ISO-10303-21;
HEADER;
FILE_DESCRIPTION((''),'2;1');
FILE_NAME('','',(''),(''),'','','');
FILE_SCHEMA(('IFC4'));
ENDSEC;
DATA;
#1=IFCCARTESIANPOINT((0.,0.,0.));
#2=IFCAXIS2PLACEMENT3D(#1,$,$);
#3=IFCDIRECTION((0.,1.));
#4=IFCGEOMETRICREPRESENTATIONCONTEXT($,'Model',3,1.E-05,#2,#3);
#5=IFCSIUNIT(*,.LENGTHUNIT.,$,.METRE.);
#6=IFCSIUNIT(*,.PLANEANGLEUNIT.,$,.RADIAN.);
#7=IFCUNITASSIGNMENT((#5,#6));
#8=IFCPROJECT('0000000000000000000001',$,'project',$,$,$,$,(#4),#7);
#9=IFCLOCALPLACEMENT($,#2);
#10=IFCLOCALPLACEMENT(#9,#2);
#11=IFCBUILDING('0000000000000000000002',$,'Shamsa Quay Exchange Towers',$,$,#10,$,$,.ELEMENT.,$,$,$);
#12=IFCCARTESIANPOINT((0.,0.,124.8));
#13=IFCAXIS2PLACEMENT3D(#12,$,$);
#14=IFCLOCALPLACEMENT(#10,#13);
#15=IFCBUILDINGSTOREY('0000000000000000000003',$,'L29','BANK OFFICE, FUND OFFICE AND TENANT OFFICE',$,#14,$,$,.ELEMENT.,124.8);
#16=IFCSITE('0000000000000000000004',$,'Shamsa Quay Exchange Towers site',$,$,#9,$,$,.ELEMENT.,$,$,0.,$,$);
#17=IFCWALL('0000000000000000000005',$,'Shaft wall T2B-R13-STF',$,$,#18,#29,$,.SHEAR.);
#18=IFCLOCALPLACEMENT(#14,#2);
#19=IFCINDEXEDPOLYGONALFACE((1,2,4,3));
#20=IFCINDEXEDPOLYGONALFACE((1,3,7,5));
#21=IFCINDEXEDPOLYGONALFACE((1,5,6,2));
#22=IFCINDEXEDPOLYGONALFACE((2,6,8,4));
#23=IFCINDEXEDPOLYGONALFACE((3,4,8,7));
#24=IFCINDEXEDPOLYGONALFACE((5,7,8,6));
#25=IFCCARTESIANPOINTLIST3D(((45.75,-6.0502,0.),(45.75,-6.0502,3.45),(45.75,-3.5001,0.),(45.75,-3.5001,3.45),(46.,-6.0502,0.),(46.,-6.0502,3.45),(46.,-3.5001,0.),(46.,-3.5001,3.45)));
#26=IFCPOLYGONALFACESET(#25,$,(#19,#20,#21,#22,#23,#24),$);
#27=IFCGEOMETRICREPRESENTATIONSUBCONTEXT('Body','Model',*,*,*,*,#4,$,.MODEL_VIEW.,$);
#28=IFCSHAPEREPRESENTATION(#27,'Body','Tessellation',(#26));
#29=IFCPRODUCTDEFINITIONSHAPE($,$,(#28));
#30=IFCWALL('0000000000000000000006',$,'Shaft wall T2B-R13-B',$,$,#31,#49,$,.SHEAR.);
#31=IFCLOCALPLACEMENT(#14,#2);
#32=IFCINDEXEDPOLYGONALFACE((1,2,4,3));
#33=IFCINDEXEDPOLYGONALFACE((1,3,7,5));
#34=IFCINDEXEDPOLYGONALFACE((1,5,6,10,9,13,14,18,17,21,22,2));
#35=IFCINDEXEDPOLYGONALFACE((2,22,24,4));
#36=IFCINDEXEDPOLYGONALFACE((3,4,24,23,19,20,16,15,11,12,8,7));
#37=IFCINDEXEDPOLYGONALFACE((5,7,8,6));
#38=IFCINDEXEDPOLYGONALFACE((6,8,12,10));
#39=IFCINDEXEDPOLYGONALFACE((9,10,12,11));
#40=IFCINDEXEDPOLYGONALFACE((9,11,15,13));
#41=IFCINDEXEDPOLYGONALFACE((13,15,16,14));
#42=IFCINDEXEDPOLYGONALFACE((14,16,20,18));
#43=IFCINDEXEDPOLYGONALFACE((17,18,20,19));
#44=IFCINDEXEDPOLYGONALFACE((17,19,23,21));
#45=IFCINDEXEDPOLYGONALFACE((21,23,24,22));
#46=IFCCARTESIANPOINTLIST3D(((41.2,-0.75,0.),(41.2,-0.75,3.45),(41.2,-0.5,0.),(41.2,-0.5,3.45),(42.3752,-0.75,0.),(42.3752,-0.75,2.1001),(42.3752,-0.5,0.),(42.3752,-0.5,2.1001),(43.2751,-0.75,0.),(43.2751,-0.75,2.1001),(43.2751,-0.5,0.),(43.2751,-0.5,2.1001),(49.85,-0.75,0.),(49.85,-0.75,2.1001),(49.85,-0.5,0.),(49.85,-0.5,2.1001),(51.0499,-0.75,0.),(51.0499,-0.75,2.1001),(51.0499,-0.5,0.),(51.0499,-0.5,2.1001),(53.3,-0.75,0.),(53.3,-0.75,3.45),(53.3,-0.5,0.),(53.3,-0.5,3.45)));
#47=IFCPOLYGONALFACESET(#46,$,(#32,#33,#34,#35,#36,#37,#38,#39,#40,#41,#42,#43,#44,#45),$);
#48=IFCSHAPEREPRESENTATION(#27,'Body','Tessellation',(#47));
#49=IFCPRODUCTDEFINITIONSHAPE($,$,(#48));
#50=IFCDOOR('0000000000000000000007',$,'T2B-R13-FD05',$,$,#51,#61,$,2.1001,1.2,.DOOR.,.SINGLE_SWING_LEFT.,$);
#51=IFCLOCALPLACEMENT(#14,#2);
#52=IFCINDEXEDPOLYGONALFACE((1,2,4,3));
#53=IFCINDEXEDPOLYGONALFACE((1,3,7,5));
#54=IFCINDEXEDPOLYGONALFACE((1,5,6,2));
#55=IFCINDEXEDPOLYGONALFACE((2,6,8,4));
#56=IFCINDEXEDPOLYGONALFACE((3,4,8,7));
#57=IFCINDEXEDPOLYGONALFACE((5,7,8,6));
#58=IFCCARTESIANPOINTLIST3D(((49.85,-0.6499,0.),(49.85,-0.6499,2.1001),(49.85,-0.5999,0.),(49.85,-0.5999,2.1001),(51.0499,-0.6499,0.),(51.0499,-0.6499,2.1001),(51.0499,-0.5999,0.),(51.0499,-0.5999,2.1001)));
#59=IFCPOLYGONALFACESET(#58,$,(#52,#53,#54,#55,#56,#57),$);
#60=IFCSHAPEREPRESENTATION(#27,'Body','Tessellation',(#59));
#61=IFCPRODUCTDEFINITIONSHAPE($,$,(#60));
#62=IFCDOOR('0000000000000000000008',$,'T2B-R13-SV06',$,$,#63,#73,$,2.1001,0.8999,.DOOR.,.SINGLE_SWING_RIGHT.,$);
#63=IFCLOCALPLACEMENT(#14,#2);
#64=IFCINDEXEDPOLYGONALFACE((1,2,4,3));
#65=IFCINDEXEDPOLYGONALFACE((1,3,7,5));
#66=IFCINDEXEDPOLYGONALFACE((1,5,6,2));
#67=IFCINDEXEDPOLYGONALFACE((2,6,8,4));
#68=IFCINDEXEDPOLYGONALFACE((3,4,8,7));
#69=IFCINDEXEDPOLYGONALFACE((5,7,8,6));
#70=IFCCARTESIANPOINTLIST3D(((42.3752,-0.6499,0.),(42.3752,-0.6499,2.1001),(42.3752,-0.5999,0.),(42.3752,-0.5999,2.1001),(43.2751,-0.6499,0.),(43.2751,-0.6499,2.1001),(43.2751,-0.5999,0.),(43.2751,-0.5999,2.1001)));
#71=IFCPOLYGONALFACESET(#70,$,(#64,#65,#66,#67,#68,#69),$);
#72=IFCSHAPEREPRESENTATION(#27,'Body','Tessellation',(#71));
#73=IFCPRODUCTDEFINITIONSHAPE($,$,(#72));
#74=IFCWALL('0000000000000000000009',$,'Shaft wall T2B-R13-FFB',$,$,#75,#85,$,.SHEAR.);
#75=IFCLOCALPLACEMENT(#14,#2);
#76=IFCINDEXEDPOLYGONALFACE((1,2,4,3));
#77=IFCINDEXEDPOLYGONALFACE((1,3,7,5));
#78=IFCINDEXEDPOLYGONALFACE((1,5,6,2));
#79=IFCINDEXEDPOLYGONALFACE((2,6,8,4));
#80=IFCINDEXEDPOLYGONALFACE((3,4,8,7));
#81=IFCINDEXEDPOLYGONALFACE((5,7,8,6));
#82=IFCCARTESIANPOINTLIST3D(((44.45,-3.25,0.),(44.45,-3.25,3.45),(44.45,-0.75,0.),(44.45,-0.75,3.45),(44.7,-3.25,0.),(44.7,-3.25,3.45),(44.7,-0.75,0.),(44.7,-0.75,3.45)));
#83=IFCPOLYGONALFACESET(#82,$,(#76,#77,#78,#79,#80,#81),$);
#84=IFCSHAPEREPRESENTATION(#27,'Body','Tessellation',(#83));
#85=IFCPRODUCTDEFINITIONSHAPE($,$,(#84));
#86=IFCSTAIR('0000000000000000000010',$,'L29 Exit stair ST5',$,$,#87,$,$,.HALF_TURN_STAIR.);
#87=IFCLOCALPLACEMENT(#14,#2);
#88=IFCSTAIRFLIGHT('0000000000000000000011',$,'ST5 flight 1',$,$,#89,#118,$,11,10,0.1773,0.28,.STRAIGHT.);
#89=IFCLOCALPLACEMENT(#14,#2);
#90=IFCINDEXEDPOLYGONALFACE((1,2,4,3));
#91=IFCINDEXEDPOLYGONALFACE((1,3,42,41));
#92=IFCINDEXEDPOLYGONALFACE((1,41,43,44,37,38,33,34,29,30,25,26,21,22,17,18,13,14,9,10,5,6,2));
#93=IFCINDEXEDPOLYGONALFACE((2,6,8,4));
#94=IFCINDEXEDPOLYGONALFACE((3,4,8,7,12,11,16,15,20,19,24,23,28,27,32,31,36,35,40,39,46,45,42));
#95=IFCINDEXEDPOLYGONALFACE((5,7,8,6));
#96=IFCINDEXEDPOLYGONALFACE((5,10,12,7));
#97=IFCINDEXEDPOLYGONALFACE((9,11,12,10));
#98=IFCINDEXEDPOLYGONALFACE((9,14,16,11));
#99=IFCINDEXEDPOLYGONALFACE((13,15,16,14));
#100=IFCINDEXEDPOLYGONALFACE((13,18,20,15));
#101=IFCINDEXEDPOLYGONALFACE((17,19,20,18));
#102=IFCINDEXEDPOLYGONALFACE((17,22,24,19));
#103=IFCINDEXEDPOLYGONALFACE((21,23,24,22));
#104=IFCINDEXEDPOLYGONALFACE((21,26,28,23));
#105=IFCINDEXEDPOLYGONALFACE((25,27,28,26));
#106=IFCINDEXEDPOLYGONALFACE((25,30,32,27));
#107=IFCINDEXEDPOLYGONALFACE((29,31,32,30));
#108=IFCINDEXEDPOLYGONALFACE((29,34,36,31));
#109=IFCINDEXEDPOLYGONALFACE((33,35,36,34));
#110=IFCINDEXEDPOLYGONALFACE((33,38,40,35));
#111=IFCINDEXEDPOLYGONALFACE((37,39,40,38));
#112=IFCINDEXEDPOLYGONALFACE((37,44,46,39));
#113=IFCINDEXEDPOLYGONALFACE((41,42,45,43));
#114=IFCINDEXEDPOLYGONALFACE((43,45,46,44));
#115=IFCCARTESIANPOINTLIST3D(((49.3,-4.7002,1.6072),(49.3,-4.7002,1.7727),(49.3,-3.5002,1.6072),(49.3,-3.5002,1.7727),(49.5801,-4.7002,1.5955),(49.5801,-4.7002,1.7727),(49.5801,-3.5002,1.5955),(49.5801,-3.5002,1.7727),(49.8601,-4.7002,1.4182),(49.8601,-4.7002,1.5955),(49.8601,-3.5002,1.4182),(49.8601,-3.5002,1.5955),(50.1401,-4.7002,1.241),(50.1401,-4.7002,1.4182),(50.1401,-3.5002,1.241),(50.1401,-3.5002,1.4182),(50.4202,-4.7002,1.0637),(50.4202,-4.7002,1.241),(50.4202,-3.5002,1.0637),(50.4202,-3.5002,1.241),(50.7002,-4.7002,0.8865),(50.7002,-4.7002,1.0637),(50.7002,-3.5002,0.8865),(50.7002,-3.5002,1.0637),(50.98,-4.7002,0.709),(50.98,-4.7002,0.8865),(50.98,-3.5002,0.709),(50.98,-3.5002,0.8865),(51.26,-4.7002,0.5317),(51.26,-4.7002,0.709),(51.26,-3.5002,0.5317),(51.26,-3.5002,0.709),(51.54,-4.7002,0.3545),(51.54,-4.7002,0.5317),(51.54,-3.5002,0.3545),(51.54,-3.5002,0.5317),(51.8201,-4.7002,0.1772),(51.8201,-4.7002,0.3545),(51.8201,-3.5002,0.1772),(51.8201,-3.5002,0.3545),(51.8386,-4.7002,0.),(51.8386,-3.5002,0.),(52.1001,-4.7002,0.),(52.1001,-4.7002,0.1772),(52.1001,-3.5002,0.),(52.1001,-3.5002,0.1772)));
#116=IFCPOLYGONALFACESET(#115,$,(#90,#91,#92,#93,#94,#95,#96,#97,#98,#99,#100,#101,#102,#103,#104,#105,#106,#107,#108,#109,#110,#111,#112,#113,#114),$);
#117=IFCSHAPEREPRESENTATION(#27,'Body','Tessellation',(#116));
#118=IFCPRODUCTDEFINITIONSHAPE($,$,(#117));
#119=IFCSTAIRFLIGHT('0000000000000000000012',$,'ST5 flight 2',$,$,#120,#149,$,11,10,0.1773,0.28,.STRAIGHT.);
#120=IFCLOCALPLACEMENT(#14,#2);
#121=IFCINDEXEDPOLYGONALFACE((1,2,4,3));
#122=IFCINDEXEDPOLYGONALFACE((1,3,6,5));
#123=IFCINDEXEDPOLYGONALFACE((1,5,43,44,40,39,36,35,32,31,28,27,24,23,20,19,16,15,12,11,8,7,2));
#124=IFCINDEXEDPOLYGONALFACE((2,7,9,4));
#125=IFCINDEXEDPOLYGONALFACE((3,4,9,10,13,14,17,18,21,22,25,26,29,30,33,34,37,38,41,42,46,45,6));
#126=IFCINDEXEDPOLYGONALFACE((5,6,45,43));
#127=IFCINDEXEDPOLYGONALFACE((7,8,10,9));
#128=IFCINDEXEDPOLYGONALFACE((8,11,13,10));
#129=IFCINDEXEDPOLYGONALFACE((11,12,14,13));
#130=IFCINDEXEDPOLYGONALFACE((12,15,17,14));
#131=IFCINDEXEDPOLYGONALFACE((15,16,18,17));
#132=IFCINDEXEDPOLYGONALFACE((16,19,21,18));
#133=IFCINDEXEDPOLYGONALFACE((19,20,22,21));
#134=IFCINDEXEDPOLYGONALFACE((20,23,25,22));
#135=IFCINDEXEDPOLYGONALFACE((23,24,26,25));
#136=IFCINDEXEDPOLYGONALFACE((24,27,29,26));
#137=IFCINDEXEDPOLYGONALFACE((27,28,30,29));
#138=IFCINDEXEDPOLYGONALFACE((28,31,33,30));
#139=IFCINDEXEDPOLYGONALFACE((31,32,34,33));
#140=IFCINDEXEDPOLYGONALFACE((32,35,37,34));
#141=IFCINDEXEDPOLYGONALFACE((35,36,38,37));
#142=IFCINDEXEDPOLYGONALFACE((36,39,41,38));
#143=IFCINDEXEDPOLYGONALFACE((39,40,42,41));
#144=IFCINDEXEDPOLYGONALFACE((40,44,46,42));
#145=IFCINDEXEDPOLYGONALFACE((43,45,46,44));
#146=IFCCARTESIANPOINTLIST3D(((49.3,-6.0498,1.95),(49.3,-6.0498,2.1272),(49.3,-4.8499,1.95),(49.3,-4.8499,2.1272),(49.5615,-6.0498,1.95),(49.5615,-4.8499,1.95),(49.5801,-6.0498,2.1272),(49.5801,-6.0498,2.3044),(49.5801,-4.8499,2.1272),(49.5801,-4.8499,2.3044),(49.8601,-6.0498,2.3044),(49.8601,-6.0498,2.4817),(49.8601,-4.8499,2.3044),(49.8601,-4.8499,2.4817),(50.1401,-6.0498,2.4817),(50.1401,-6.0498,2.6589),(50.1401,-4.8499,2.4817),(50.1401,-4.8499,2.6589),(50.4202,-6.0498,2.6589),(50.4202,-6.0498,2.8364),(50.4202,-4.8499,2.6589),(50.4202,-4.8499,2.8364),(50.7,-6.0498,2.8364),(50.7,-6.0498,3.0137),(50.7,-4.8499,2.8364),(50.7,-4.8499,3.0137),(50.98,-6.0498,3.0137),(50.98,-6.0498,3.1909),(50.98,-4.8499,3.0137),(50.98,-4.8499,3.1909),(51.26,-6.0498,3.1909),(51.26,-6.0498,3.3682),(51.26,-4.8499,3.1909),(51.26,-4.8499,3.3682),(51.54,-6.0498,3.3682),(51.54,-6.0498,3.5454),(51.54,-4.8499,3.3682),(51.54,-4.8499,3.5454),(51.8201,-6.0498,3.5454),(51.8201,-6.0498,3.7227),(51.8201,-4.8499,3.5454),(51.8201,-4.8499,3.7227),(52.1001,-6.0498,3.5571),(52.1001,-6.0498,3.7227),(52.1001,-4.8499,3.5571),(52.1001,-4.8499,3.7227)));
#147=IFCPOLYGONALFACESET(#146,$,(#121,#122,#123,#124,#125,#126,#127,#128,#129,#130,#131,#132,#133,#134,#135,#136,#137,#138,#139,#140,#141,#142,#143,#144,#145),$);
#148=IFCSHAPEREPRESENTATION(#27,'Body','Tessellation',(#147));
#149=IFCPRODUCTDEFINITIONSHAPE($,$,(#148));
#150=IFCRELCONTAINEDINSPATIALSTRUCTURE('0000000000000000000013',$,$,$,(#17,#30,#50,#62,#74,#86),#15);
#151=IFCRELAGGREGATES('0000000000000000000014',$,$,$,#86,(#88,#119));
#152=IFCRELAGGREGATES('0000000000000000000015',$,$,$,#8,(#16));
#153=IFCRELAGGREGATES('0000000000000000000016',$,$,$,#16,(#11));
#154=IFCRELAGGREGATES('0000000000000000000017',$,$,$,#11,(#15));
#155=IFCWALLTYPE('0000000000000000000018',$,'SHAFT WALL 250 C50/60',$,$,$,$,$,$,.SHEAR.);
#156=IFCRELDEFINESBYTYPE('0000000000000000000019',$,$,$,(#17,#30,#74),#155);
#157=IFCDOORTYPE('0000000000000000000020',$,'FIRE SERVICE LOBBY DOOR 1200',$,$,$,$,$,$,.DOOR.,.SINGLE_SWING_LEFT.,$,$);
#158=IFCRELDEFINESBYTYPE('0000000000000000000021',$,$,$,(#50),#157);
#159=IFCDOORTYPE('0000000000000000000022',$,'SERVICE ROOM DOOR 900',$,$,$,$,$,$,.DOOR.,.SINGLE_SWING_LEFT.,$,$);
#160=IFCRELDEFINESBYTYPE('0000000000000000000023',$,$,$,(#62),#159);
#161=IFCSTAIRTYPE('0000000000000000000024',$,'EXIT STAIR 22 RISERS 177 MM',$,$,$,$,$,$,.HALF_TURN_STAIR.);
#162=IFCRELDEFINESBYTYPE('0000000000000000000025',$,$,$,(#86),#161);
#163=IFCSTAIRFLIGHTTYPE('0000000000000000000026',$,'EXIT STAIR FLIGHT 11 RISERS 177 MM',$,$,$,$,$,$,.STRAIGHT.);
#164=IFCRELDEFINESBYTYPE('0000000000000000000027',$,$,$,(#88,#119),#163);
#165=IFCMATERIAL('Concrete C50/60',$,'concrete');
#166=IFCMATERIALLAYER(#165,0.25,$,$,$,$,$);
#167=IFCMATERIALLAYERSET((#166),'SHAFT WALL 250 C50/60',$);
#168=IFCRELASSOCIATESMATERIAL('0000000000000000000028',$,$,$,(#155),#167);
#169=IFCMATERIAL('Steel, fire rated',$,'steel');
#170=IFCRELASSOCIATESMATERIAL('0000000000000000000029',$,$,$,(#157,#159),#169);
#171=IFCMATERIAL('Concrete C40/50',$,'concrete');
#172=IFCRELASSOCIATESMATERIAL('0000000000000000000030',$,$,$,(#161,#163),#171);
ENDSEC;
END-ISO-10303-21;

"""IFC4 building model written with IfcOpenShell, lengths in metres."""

from ifc_helpers import new_model, si_unit, direction, frame, frame_2d, origin, place, context, subcontext, project, spatial, polyline, rectangle, outline, extrude, material, layer, layer_set, type_object, element, fill, aggregate, save


model = new_model("IFC4")

# Units and contexts
model_context = context("Model", 3, precision=1e-05, world=origin(), true_north=direction((0.0, 1.0)))
body_context = subcontext(model_context, "Body", "Model", "MODEL_VIEW")
ifc_project = project(units=[si_unit("LENGTHUNIT", "METRE"), si_unit("PLANEANGLEUNIT", "RADIAN")], contexts=[model_context])

# Site, building, storey
site_placement = place(None, origin())
site = spatial("IfcSite", under=ifc_project, at=site_placement, Name="Shamsa Quay Exchange Towers site", CompositionType="ELEMENT", RefElevation=0.0)
building_placement = place(site_placement, origin())
building = spatial("IfcBuilding", under=site, at=building_placement, Name="Shamsa Quay Exchange Towers", CompositionType="ELEMENT")
storey_placement = place(building_placement, frame((0.0, 0.0, 124.8)))
storey = spatial("IfcBuildingStorey", under=building, at=storey_placement, Name="L29", Description="BANK OFFICE, FUND OFFICE AND TENANT OFFICE", CompositionType="ELEMENT", Elevation=124.8)

# Shared definitions
ifc_material_1 = material(Name="Steel, fire rated", Category="steel")
ifc_material_2 = material(Name="Concrete C50/60", Category="concrete")
ifc_layer_1 = layer(ifc_material_2, 0.25)
ifc_layer_set_1 = layer_set([ifc_layer_1], Name="SHAFT WALL 250 C50/60")
wall_type_1 = type_object("IfcWallType", Name="SHAFT WALL 250 C50/60", PredefinedType="SHEAR", material=ifc_layer_set_1)

# Wall
wall_1_placement = place(storey_placement, frame((45.875, -6.05, 0.0), z_axis=(0.0, 0.0, 1.0), x_axis=(0.0, 1.0, 0.0)))
element("IfcWall", 1, at=wall_1_placement, inside=storey, type_object=wall_type_1, Name="Shaft wall T2B-R13-STF", PredefinedType="SHEAR", context=body_context, shape_type="SweptSolid", body=[
    extrude(rectangle(XDim=2.55, YDim=0.25, at=frame_2d((1.2749, 0.0))), origin(), (0.0, 0.0, 1.0), 3.45),
])

# Wall, openings, doors
wall_2_placement = place(storey_placement, frame((53.3, -0.625, 0.0), z_axis=(0.0, 0.0, 1.0), x_axis=(-1.0, 0.0, 0.0)))
wall_2 = element("IfcWall", 2, at=wall_2_placement, inside=storey, type_object=wall_type_1, Name="Shaft wall T2B-R13-B", PredefinedType="SHEAR", context=body_context, shape_type="SweptSolid", body=[
    extrude(rectangle(XDim=12.1001, YDim=0.25, at=frame_2d((6.05, 0.0))), origin(), (0.0, 0.0, 1.0), 3.45),
])
opening_1_placement = place(wall_2_placement, frame((2.25, 0.0, 0.0)))
opening_1 = element("IfcOpeningElement", 3, at=opening_1_placement, cuts=wall_2, PredefinedType="OPENING", context=body_context, shape_type="SweptSolid", body=[
    extrude(rectangle(XDim=1.2, YDim=2.1001, at=frame_2d((0.6001, 1.05))), frame((0.0, 0.135, 0.0), z_axis=(0.0, -1.0, 0.0), x_axis=(1.0, 0.0, 0.0)), (0.0, 0.0, 1.0), 0.27),
])
opening_2_placement = place(wall_2_placement, frame((10.0249, 0.0, 0.0)))
opening_2 = element("IfcOpeningElement", 4, at=opening_2_placement, cuts=wall_2, PredefinedType="OPENING", context=body_context, shape_type="SweptSolid", body=[
    extrude(rectangle(XDim=0.8999, YDim=2.1001, at=frame_2d((0.45, 1.05))), frame((0.0, 0.135, 0.0), z_axis=(0.0, -1.0, 0.0), x_axis=(1.0, 0.0, 0.0)), (0.0, 0.0, 1.0), 0.27),
])
door_type_1 = type_object("IfcDoorType", Name="FIRE SERVICE LOBBY DOOR 1200", OperationType="SINGLE_SWING_LEFT", PredefinedType="DOOR", material=ifc_material_1)
door_1_placement = place(opening_1_placement, origin())
door_1 = element("IfcDoor", 5, at=door_1_placement, inside=storey, type_object=door_type_1, Name="T2B-R13-FD05", OperationType="SINGLE_SWING_LEFT", OverallHeight=2.1001, OverallWidth=1.2, PredefinedType="DOOR", context=body_context, shape_type="SweptSolid", body=[
    extrude(rectangle(XDim=1.2, YDim=2.1001, at=frame_2d((0.6001, 1.05))), frame((0.0, 0.0249, 0.0), z_axis=(0.0, -1.0, 0.0), x_axis=(1.0, 0.0, 0.0)), (0.0, 0.0, 1.0), 0.05),
])
fill(opening_1, door_1)
door_type_2 = type_object("IfcDoorType", Name="SERVICE ROOM DOOR 900", OperationType="SINGLE_SWING_LEFT", PredefinedType="DOOR", material=ifc_material_1)
door_2_placement = place(opening_2_placement, origin())
door_2 = element("IfcDoor", 6, at=door_2_placement, inside=storey, type_object=door_type_2, Name="T2B-R13-SV06", OperationType="SINGLE_SWING_RIGHT", OverallHeight=2.1001, OverallWidth=0.8999, PredefinedType="DOOR", context=body_context, shape_type="SweptSolid", body=[
    extrude(rectangle(XDim=0.8999, YDim=2.1001, at=frame_2d((0.45, 1.05))), frame((0.0, 0.0249, 0.0), z_axis=(0.0, -1.0, 0.0), x_axis=(1.0, 0.0, 0.0)), (0.0, 0.0, 1.0), 0.05),
])
fill(opening_2, door_2)

# Wall
wall_3_placement = place(storey_placement, frame((44.575, -3.25, 0.0), z_axis=(0.0, 0.0, 1.0), x_axis=(0.0, 1.0, 0.0)))
element("IfcWall", 7, at=wall_3_placement, inside=storey, type_object=wall_type_1, Name="Shaft wall T2B-R13-FFB", PredefinedType="SHEAR", context=body_context, shape_type="SweptSolid", body=[
    extrude(rectangle(XDim=2.5, YDim=0.25, at=frame_2d((1.25, 0.0))), origin(), (0.0, 0.0, 1.0), 3.45),
])

# Stair, stair flights
ifc_material_3 = material(Name="Concrete C40/50", Category="concrete")
stair_type = type_object("IfcStairType", Name="EXIT STAIR 22 RISERS 177 MM", PredefinedType="HALF_TURN_STAIR", material=ifc_material_3)
stair_placement = place(storey_placement, origin())
stair = element("IfcStair", 8, at=stair_placement, inside=storey, type_object=stair_type, Name="L29 Exit stair ST5", PredefinedType="HALF_TURN_STAIR")
stair_flight_type = type_object("IfcStairFlightType", Name="EXIT STAIR FLIGHT 11 RISERS 177 MM", PredefinedType="STRAIGHT", material=ifc_material_3)
stair_flight_1_placement = place(storey_placement, frame((52.1001, -4.1001, 0.0), z_axis=(0.0, 0.0, 1.0), x_axis=(-1.0, 0.0, 0.0)))
stair_flight_1 = element("IfcStairFlight", 9, at=stair_flight_1_placement, type_object=stair_flight_type, Name="ST5 flight 1", NumberOfRisers=11, NumberOfTreads=10, PredefinedType="STRAIGHT", RiserHeight=0.1773, TreadLength=0.28, context=body_context, shape_type="SweptSolid", body=[
    extrude(outline(polyline([(0.0, 0.0), (0.0, 0.1772), (0.28, 0.1772), (0.28, 0.3545), (0.5601, 0.3545), (0.5601, 0.5317), (0.8401, 0.5317), (0.8401, 0.709), (1.1201, 0.709), (1.1201, 0.8865), (1.3999, 0.8865), (1.3999, 1.0637), (1.6799, 1.0637), (1.6799, 1.241), (1.96, 1.241), (1.96, 1.4182), (2.24, 1.4182), (2.24, 1.5955), (2.52, 1.5955), (2.52, 1.7727), (2.8, 1.7727), (2.8, 1.95), (2.8, 1.6072), (0.2615, 0.0), (0.0, 0.0)])), frame((0.0, 0.6001, 0.0), z_axis=(0.0, -1.0, 0.0), x_axis=(1.0, 0.0, 0.0)), (0.0, 0.0, 1.0), 1.2),
])
stair_flight_2_placement = place(storey_placement, frame((49.3, -5.45, 1.95)))
stair_flight_2 = element("IfcStairFlight", 10, at=stair_flight_2_placement, type_object=stair_flight_type, Name="ST5 flight 2", NumberOfRisers=11, NumberOfTreads=10, PredefinedType="STRAIGHT", RiserHeight=0.1773, TreadLength=0.28, context=body_context, shape_type="SweptSolid", body=[
    extrude(outline(polyline([(0.0, 0.0), (0.0, 0.1772), (0.28, 0.1772), (0.28, 0.3545), (0.5601, 0.3545), (0.5601, 0.5317), (0.8401, 0.5317), (0.8401, 0.709), (1.1201, 0.709), (1.1201, 0.8865), (1.3999, 0.8865), (1.3999, 1.0637), (1.6799, 1.0637), (1.6799, 1.241), (1.96, 1.241), (1.96, 1.4182), (2.24, 1.4182), (2.24, 1.5955), (2.52, 1.5955), (2.52, 1.7727), (2.8, 1.7727), (2.8, 1.95), (2.8, 1.6072), (0.2615, 0.0), (0.0, 0.0)])), frame((0.0, 0.6001, 0.0), z_axis=(0.0, -1.0, 0.0), x_axis=(1.0, 0.0, 0.0)), (0.0, 0.0, 1.0), 1.2),
])
aggregate(stair, [stair_flight_1, stair_flight_2])

save(model, "model.ifc")
